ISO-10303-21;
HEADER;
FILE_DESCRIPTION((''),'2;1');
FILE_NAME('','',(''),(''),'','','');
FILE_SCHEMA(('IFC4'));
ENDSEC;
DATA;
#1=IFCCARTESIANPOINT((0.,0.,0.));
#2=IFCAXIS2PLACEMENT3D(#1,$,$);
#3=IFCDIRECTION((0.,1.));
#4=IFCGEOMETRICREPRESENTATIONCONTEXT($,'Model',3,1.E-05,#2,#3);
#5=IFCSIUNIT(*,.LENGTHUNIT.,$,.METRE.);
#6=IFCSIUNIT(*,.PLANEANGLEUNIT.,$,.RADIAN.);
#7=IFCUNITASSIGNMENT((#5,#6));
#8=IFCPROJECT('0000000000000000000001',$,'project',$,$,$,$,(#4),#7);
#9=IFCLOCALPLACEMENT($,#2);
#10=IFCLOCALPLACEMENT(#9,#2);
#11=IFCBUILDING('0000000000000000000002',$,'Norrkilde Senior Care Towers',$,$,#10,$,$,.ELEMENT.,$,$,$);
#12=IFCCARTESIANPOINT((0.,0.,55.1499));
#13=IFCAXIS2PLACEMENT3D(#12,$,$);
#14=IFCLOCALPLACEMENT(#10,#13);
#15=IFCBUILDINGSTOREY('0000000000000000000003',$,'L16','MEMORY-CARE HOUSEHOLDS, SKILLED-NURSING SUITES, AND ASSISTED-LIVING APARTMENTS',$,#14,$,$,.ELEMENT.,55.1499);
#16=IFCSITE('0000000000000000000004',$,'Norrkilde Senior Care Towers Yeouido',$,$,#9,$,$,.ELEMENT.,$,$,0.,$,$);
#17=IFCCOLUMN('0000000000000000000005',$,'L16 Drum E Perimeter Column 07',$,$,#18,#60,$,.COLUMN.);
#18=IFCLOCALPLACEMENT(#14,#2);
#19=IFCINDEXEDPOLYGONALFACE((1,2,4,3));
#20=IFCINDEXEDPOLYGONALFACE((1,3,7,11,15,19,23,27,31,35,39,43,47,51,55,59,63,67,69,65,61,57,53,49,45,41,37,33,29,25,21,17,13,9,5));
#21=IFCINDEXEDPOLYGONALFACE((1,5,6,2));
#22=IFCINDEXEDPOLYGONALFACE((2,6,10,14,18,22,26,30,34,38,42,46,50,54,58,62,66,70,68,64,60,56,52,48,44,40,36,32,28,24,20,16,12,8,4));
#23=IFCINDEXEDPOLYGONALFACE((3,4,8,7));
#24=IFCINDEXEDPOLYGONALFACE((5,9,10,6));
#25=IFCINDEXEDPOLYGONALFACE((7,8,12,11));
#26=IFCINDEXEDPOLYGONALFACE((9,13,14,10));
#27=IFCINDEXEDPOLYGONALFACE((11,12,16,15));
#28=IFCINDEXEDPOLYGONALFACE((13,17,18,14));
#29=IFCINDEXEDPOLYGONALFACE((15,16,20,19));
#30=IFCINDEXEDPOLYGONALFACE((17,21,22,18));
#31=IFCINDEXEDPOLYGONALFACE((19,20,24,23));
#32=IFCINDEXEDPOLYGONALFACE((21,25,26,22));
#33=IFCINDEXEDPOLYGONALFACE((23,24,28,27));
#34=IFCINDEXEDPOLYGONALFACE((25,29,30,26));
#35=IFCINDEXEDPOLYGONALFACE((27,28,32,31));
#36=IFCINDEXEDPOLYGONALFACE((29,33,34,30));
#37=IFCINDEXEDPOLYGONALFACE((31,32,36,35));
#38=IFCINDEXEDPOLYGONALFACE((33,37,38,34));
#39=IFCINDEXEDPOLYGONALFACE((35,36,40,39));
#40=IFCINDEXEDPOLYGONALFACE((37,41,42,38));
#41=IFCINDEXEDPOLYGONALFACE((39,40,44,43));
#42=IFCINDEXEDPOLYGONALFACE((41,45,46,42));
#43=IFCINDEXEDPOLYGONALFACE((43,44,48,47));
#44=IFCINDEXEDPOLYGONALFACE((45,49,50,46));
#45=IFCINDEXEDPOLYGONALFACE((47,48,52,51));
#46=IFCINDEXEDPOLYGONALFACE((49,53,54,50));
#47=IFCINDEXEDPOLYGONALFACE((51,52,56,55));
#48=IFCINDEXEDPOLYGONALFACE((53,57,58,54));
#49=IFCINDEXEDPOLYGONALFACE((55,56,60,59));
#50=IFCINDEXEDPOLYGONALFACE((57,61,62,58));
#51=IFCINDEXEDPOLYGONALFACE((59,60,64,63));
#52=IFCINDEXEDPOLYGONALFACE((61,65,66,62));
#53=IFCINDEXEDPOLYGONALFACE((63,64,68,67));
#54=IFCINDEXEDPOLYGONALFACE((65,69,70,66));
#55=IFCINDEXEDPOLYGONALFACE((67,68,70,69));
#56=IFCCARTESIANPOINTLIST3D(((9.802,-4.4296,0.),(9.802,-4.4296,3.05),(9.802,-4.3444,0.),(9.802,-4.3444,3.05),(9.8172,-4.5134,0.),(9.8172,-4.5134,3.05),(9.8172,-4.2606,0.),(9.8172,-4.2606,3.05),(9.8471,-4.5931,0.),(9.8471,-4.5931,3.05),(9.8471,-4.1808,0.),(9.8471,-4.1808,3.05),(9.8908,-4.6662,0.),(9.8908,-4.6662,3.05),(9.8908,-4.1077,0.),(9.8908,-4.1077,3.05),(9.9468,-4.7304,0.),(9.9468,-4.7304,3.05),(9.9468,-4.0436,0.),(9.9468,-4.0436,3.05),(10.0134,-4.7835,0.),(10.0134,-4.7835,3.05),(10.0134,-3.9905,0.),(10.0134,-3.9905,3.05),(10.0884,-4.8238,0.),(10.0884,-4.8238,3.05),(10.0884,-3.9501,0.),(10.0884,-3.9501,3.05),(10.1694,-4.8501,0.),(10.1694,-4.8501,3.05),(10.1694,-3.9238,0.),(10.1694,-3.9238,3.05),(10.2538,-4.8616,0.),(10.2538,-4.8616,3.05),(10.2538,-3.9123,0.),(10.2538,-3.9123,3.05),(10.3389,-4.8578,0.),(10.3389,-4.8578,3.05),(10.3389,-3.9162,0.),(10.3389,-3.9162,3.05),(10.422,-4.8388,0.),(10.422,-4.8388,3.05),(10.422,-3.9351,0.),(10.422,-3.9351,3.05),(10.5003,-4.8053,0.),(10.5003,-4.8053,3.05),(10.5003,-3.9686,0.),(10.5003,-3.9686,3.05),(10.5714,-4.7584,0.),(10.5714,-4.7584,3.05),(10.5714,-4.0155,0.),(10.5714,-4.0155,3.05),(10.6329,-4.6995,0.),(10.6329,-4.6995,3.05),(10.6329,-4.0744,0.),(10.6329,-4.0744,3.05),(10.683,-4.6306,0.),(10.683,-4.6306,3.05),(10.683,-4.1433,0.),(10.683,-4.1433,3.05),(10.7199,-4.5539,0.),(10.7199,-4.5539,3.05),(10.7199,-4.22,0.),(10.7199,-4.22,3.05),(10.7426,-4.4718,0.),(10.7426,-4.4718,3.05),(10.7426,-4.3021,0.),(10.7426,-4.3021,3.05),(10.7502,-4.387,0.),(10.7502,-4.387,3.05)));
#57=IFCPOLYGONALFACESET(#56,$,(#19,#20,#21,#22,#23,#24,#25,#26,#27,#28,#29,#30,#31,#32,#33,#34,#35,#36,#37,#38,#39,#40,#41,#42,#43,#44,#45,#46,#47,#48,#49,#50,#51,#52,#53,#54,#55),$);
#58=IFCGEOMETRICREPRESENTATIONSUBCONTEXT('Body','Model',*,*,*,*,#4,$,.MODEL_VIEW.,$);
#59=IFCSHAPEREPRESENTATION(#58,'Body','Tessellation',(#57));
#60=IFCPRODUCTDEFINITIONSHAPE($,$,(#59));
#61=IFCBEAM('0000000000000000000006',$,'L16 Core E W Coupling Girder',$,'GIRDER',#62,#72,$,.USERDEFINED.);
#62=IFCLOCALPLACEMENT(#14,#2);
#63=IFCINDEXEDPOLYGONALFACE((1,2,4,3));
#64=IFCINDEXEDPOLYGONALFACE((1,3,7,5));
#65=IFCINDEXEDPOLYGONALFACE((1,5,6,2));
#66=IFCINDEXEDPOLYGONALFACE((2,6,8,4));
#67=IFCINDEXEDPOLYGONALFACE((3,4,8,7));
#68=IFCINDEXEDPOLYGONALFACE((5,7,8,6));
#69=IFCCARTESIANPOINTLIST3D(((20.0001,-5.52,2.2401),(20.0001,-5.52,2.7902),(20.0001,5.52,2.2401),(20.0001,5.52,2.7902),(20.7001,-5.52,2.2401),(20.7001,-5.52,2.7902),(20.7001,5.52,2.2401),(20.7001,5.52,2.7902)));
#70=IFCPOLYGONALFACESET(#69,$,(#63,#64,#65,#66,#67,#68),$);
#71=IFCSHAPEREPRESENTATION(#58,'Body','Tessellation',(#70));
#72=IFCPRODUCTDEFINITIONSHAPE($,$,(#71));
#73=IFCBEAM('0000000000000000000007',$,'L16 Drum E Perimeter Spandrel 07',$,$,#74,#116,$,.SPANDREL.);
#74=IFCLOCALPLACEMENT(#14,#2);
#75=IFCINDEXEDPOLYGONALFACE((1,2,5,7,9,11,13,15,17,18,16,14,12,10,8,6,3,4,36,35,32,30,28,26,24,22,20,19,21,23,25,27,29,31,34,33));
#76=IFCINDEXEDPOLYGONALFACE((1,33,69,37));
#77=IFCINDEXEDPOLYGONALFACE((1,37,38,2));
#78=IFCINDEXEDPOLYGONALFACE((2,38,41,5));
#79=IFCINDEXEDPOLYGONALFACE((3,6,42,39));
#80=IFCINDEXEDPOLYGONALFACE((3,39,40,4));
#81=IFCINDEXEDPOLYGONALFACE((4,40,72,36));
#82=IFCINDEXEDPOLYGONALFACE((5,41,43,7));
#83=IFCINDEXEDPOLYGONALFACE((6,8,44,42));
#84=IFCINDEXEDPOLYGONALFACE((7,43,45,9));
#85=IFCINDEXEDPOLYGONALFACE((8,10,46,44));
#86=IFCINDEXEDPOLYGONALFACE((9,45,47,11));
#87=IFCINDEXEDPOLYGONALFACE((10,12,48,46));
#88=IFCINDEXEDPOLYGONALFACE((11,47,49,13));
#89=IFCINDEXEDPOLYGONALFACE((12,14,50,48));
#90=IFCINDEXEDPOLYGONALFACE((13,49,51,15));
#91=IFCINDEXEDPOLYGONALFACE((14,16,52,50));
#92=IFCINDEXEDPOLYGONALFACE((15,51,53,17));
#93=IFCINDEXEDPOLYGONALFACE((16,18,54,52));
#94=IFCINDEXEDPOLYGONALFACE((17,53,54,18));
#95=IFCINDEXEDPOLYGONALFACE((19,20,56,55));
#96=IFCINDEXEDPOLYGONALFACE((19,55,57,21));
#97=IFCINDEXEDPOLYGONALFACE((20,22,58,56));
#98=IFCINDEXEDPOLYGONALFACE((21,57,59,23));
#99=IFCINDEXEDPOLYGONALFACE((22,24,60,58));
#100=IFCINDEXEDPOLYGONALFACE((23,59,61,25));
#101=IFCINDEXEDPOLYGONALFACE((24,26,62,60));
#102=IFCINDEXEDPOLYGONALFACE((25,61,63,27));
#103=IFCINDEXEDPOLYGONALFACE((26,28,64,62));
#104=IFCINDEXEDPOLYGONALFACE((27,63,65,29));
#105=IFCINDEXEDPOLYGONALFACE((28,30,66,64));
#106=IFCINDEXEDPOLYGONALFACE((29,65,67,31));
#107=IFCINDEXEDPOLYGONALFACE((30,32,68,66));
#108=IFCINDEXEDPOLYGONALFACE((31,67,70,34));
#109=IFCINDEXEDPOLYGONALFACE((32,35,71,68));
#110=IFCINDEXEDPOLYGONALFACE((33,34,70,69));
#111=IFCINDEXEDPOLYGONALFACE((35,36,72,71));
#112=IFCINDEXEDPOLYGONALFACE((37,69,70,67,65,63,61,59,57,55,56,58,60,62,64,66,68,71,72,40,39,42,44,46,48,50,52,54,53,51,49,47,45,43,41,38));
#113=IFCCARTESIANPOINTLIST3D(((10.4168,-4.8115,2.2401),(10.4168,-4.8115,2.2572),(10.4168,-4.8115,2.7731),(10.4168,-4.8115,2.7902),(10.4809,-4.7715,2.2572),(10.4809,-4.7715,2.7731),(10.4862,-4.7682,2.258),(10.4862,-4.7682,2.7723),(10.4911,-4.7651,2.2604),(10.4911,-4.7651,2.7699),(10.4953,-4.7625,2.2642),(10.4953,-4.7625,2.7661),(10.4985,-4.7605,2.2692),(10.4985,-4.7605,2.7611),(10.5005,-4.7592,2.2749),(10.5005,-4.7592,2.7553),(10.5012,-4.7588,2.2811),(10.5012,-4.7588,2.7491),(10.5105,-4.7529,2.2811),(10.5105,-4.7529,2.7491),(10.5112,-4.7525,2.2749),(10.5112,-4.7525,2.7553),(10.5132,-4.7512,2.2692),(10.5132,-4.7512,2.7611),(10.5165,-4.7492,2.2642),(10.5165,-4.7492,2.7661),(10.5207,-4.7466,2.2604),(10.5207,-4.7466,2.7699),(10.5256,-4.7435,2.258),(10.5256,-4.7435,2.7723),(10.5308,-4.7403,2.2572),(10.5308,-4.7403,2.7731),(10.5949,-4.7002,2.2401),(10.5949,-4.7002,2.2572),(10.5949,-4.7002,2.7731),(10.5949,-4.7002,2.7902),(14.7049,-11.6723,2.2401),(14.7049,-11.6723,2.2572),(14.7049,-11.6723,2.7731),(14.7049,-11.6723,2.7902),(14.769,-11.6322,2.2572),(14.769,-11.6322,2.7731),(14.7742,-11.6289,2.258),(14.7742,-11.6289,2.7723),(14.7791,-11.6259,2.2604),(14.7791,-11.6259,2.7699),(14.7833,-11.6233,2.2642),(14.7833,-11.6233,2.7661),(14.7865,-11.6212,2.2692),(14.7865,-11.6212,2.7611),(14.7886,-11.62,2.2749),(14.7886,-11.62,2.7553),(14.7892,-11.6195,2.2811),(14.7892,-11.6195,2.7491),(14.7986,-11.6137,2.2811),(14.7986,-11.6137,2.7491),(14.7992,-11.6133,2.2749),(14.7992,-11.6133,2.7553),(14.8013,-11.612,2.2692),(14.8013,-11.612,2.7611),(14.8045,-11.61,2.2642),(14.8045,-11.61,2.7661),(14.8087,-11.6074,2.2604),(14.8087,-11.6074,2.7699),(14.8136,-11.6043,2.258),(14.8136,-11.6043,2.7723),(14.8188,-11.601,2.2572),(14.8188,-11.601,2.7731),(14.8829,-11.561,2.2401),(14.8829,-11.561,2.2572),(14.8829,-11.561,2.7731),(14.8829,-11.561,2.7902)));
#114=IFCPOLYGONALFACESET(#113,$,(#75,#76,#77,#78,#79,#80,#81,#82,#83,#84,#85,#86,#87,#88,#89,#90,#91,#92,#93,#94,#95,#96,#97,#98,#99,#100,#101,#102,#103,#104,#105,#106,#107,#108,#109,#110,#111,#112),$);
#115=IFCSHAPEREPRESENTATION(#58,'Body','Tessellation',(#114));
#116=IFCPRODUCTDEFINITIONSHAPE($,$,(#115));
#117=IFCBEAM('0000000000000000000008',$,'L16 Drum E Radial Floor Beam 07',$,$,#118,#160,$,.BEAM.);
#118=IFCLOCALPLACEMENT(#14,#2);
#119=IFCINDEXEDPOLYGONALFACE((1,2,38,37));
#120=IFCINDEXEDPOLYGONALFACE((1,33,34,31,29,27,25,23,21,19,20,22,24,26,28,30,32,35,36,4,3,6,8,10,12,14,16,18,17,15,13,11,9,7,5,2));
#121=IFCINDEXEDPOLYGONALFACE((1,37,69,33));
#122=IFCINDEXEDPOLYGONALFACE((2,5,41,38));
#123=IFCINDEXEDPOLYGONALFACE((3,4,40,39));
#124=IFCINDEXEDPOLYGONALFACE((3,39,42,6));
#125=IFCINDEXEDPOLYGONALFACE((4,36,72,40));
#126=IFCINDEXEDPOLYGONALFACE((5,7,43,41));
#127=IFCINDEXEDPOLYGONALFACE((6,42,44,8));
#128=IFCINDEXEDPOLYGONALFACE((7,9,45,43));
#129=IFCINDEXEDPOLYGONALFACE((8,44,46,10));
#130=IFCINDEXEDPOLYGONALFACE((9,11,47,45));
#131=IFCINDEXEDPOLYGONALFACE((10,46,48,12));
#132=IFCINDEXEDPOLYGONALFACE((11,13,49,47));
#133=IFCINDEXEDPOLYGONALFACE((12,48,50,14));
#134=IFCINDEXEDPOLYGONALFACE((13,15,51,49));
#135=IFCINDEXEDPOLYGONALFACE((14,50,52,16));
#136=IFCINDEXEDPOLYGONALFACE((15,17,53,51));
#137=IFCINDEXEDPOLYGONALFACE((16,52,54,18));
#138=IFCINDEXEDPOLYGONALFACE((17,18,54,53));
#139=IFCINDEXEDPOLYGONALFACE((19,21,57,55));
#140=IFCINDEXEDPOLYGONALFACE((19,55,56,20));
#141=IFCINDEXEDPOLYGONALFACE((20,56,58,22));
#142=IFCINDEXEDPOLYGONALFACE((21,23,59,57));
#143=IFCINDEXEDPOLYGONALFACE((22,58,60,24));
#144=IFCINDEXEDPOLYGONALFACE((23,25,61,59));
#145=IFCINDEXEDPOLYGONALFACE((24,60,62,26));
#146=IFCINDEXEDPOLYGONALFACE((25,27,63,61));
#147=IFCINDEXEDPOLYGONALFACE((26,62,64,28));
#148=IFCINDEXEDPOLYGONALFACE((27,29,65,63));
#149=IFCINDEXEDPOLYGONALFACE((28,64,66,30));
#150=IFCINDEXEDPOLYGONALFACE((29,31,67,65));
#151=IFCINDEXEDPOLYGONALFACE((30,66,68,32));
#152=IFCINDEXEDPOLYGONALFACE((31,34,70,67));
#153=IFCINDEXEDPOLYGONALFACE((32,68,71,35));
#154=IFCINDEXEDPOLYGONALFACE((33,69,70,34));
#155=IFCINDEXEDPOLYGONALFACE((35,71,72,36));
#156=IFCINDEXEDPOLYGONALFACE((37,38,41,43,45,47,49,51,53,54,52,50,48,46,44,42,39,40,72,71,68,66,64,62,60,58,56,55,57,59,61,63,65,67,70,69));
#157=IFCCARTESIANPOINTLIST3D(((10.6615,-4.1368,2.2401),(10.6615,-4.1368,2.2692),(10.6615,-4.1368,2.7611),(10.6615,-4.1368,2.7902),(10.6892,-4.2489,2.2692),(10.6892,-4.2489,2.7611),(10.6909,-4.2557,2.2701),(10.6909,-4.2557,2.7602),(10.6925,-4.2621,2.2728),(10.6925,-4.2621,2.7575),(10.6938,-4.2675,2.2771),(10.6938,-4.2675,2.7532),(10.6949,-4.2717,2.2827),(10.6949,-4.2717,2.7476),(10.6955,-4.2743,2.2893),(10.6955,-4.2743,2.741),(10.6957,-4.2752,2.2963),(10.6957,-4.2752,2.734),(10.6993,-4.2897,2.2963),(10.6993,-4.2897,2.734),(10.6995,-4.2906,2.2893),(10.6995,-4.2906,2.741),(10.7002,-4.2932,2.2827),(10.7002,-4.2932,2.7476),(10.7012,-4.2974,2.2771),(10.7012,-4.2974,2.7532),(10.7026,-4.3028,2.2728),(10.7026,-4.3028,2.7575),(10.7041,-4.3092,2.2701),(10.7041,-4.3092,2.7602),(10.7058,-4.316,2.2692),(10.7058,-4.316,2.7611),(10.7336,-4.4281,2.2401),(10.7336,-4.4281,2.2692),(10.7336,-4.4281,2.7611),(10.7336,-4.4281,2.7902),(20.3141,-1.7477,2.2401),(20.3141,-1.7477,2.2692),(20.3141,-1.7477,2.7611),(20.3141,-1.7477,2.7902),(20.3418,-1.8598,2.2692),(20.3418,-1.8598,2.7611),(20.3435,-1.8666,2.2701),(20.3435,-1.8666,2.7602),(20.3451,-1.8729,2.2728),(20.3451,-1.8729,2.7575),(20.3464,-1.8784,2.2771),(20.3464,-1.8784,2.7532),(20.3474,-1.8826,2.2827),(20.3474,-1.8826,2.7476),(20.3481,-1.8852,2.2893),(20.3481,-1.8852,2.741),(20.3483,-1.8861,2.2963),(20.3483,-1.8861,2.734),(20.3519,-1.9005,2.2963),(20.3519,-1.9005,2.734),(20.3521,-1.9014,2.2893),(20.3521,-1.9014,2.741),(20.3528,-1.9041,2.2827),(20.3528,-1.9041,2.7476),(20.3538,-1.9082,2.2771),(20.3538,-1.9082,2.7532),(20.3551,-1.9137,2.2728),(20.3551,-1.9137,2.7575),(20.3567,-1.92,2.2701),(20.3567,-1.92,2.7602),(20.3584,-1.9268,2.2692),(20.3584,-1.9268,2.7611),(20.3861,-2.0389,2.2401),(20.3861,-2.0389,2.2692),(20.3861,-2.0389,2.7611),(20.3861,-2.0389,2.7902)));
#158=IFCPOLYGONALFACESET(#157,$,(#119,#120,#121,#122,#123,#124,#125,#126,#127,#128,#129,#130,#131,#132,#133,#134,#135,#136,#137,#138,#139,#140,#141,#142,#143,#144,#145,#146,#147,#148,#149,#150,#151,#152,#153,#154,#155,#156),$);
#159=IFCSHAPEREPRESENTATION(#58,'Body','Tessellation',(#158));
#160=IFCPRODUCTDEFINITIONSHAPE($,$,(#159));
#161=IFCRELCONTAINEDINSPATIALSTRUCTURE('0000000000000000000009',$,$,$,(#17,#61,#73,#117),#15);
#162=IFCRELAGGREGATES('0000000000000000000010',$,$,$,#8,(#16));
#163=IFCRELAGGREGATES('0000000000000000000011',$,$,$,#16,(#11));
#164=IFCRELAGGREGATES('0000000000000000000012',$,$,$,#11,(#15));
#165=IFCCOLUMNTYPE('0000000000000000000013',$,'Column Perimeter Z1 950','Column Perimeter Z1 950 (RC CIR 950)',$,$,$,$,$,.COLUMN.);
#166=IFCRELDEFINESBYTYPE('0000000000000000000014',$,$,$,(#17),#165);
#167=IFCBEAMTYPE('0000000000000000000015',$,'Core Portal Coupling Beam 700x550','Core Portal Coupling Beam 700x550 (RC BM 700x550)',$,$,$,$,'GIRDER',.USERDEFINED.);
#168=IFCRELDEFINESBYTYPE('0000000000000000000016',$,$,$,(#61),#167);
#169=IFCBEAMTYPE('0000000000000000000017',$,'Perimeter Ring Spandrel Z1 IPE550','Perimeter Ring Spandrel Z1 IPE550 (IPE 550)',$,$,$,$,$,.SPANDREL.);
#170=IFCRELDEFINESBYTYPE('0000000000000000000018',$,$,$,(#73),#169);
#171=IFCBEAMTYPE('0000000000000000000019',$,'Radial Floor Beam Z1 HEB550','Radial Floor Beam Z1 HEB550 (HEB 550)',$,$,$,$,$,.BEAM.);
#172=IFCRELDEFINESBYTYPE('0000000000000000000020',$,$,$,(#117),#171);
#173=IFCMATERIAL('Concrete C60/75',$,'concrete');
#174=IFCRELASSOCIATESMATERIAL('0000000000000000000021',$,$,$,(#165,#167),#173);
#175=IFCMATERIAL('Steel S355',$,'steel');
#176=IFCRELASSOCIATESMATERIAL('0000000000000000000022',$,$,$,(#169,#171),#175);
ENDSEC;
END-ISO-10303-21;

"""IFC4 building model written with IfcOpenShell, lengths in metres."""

from ifc_helpers import new_model, si_unit, direction, frame, origin, origin_2d, place, context, subcontext, project, spatial, rectangle, circle, i_section, extrude, source, transform, mapped, material, material_profile, profile_set, type_object, type_shapes, element, save


model = new_model("IFC4")

# Units and contexts
model_context = context("Model", 3, precision=1e-05, world=origin(), true_north=direction((0.0, 1.0)))
body_context = subcontext(model_context, "Body", "Model", "MODEL_VIEW")
ifc_project = project(units=[si_unit("LENGTHUNIT", "METRE"), si_unit("PLANEANGLEUNIT", "RADIAN")], contexts=[model_context])

# Site, building, storey
site_placement = place(None, origin())
site = spatial("IfcSite", under=ifc_project, at=site_placement, Name="Norrkilde Senior Care Towers Yeouido", CompositionType="ELEMENT", RefElevation=0.0)
building_placement = place(site_placement, origin())
building = spatial("IfcBuilding", under=site, at=building_placement, Name="Norrkilde Senior Care Towers", CompositionType="ELEMENT")
storey_placement = place(building_placement, frame((0.0, 0.0, 55.1499)))
storey = spatial("IfcBuildingStorey", under=building, at=storey_placement, Name="L16", Description="MEMORY-CARE HOUSEHOLDS, SKILLED-NURSING SUITES, AND ASSISTED-LIVING APARTMENTS", CompositionType="ELEMENT", Elevation=55.1499)

# Column
ifc_material_1 = material(Name="Concrete C60/75", Category="concrete")
ifc_material_profile_1 = material_profile(ifc_material_1, circle(Radius=0.4751, at=origin_2d()), Name="RC CIR 950")
ifc_profile_set_1 = profile_set([ifc_material_profile_1], Name="Concrete C60/75")
column_type = type_object("IfcColumnType", Name="Column Perimeter Z1 950", Description="Column Perimeter Z1 950 (RC CIR 950)", PredefinedType="COLUMN", material=ifc_profile_set_1)
shared_shape_1 = source(origin(), body_context, "Body", "SweptSolid", [
    extrude(circle(Radius=0.4751, at=origin_2d()), origin(), (0.0, 0.0, 1.0), 3.05),
])
type_shapes(column_type, [shared_shape_1])
column_placement = place(storey_placement, frame((10.2751, -4.387, 0.0), z_axis=(0.0, 0.0, 1.0), x_axis=(1.0, 0.0, 0.0)))
element("IfcColumn", 1, at=column_placement, inside=storey, type_object=column_type, Name="L16 Drum E Perimeter Column 07", PredefinedType="COLUMN", context=body_context, shape_type="MappedRepresentation", body=[
    mapped(shared_shape_1, transform((0.0, 0.0, 0.0), x_axis=(1.0, 0.0, 0.0), y_axis=(0.0, 1.0, 0.0), z_axis=(0.0, 0.0, 1.0), scale=1.0)),
])

# Beams
ifc_material_profile_2 = material_profile(ifc_material_1, rectangle(XDim=0.7, YDim=0.55, at=origin_2d()), Name="RC BM 700x550")
ifc_profile_set_2 = profile_set([ifc_material_profile_2], Name="Concrete C60/75")
beam_type_1 = type_object("IfcBeamType", Name="Core Portal Coupling Beam 700x550", Description="Core Portal Coupling Beam 700x550 (RC BM 700x550)", ElementType="GIRDER", PredefinedType="USERDEFINED", material=ifc_profile_set_2)
shared_shape_2 = source(origin(), body_context, "Body", "SweptSolid", [
    extrude(rectangle(XDim=0.7, YDim=0.55, at=origin_2d()), origin(), (0.0, 0.0, 1.0), 11.04),
])
type_shapes(beam_type_1, [shared_shape_2])
beam_1_placement = place(storey_placement, frame((20.3501, -5.52, 2.5151), z_axis=(0.0, 1.0, 0.0), x_axis=(-1.0, 0.0, 0.0)))
element("IfcBeam", 2, at=beam_1_placement, inside=storey, type_object=beam_type_1, Name="L16 Core E W Coupling Girder", ObjectType="GIRDER", PredefinedType="USERDEFINED", context=body_context, shape_type="MappedRepresentation", body=[
    mapped(shared_shape_2, transform((0.0, 0.0, 0.0), x_axis=(1.0, 0.0, 0.0), y_axis=(0.0, 1.0, 0.0), z_axis=(0.0, 0.0, 1.0), scale=1.0)),
])
ifc_material_2 = material(Name="Steel S355", Category="steel")
ifc_material_profile_3 = material_profile(ifc_material_2, i_section(OverallWidth=0.21, OverallDepth=0.55, WebThickness=0.011, FlangeThickness=0.0171, FilletRadius=0.0239, at=origin_2d()), Name="IPE 550")
ifc_profile_set_3 = profile_set([ifc_material_profile_3], Name="Steel S355")
beam_type_2 = type_object("IfcBeamType", Name="Perimeter Ring Spandrel Z1 IPE550", Description="Perimeter Ring Spandrel Z1 IPE550 (IPE 550)", PredefinedType="SPANDREL", material=ifc_profile_set_3)
shared_shape_3 = source(origin(), body_context, "Body", "SweptSolid", [
    extrude(i_section(OverallWidth=0.21, OverallDepth=0.55, WebThickness=0.011, FlangeThickness=0.0171, FilletRadius=0.0239, at=origin_2d()), origin(), (0.0, 0.0, 1.0), 8.0906),
])
type_shapes(beam_type_2, [shared_shape_3])
beam_2_placement = place(storey_placement, frame((10.5059, -4.7559, 2.5151), z_axis=(0.530004, -0.847995, 0.0), x_axis=(0.847995, 0.530004, 0.0)))
element("IfcBeam", 3, at=beam_2_placement, inside=storey, type_object=beam_type_2, Name="L16 Drum E Perimeter Spandrel 07", PredefinedType="SPANDREL", context=body_context, shape_type="MappedRepresentation", body=[
    mapped(shared_shape_3, transform((0.0, 0.0, 0.0), x_axis=(1.0, 0.0, 0.0), y_axis=(0.0, 1.0, 0.0), z_axis=(0.0, 0.0, 1.0), scale=1.0)),
])
ifc_material_profile_4 = material_profile(ifc_material_2, i_section(OverallWidth=0.3, OverallDepth=0.55, WebThickness=0.0149, FlangeThickness=0.0291, FilletRadius=0.0271, at=origin_2d()), Name="HEB 550")
ifc_profile_set_4 = profile_set([ifc_material_profile_4], Name="Steel S355")
beam_type_3 = type_object("IfcBeamType", Name="Radial Floor Beam Z1 HEB550", Description="Radial Floor Beam Z1 HEB550 (HEB 550)", PredefinedType="BEAM", material=ifc_profile_set_4)
shared_shape_4 = source(origin(), body_context, "Body", "SweptSolid", [
    extrude(i_section(OverallWidth=0.3, OverallDepth=0.55, WebThickness=0.0149, FlangeThickness=0.0291, FilletRadius=0.0271, at=origin_2d()), origin(), (0.0, 0.0, 1.0), 9.9438),
])
beam_3_placement = place(storey_placement, frame((20.3501, -1.8933, 2.5151), z_axis=(-0.970707, -0.240265, 0.0), x_axis=(0.240265, -0.970707, 0.0)))
element("IfcBeam", 4, at=beam_3_placement, inside=storey, type_object=beam_type_3, Name="L16 Drum E Radial Floor Beam 07", PredefinedType="BEAM", context=body_context, shape_type="MappedRepresentation", body=[
    mapped(shared_shape_4, transform((0.0, 0.0, 0.0), x_axis=(1.0, 0.0, 0.0), y_axis=(0.0, 1.0, 0.0), z_axis=(0.0, 0.0, 1.0), scale=1.0)),
])

save(model, "model.ifc")
